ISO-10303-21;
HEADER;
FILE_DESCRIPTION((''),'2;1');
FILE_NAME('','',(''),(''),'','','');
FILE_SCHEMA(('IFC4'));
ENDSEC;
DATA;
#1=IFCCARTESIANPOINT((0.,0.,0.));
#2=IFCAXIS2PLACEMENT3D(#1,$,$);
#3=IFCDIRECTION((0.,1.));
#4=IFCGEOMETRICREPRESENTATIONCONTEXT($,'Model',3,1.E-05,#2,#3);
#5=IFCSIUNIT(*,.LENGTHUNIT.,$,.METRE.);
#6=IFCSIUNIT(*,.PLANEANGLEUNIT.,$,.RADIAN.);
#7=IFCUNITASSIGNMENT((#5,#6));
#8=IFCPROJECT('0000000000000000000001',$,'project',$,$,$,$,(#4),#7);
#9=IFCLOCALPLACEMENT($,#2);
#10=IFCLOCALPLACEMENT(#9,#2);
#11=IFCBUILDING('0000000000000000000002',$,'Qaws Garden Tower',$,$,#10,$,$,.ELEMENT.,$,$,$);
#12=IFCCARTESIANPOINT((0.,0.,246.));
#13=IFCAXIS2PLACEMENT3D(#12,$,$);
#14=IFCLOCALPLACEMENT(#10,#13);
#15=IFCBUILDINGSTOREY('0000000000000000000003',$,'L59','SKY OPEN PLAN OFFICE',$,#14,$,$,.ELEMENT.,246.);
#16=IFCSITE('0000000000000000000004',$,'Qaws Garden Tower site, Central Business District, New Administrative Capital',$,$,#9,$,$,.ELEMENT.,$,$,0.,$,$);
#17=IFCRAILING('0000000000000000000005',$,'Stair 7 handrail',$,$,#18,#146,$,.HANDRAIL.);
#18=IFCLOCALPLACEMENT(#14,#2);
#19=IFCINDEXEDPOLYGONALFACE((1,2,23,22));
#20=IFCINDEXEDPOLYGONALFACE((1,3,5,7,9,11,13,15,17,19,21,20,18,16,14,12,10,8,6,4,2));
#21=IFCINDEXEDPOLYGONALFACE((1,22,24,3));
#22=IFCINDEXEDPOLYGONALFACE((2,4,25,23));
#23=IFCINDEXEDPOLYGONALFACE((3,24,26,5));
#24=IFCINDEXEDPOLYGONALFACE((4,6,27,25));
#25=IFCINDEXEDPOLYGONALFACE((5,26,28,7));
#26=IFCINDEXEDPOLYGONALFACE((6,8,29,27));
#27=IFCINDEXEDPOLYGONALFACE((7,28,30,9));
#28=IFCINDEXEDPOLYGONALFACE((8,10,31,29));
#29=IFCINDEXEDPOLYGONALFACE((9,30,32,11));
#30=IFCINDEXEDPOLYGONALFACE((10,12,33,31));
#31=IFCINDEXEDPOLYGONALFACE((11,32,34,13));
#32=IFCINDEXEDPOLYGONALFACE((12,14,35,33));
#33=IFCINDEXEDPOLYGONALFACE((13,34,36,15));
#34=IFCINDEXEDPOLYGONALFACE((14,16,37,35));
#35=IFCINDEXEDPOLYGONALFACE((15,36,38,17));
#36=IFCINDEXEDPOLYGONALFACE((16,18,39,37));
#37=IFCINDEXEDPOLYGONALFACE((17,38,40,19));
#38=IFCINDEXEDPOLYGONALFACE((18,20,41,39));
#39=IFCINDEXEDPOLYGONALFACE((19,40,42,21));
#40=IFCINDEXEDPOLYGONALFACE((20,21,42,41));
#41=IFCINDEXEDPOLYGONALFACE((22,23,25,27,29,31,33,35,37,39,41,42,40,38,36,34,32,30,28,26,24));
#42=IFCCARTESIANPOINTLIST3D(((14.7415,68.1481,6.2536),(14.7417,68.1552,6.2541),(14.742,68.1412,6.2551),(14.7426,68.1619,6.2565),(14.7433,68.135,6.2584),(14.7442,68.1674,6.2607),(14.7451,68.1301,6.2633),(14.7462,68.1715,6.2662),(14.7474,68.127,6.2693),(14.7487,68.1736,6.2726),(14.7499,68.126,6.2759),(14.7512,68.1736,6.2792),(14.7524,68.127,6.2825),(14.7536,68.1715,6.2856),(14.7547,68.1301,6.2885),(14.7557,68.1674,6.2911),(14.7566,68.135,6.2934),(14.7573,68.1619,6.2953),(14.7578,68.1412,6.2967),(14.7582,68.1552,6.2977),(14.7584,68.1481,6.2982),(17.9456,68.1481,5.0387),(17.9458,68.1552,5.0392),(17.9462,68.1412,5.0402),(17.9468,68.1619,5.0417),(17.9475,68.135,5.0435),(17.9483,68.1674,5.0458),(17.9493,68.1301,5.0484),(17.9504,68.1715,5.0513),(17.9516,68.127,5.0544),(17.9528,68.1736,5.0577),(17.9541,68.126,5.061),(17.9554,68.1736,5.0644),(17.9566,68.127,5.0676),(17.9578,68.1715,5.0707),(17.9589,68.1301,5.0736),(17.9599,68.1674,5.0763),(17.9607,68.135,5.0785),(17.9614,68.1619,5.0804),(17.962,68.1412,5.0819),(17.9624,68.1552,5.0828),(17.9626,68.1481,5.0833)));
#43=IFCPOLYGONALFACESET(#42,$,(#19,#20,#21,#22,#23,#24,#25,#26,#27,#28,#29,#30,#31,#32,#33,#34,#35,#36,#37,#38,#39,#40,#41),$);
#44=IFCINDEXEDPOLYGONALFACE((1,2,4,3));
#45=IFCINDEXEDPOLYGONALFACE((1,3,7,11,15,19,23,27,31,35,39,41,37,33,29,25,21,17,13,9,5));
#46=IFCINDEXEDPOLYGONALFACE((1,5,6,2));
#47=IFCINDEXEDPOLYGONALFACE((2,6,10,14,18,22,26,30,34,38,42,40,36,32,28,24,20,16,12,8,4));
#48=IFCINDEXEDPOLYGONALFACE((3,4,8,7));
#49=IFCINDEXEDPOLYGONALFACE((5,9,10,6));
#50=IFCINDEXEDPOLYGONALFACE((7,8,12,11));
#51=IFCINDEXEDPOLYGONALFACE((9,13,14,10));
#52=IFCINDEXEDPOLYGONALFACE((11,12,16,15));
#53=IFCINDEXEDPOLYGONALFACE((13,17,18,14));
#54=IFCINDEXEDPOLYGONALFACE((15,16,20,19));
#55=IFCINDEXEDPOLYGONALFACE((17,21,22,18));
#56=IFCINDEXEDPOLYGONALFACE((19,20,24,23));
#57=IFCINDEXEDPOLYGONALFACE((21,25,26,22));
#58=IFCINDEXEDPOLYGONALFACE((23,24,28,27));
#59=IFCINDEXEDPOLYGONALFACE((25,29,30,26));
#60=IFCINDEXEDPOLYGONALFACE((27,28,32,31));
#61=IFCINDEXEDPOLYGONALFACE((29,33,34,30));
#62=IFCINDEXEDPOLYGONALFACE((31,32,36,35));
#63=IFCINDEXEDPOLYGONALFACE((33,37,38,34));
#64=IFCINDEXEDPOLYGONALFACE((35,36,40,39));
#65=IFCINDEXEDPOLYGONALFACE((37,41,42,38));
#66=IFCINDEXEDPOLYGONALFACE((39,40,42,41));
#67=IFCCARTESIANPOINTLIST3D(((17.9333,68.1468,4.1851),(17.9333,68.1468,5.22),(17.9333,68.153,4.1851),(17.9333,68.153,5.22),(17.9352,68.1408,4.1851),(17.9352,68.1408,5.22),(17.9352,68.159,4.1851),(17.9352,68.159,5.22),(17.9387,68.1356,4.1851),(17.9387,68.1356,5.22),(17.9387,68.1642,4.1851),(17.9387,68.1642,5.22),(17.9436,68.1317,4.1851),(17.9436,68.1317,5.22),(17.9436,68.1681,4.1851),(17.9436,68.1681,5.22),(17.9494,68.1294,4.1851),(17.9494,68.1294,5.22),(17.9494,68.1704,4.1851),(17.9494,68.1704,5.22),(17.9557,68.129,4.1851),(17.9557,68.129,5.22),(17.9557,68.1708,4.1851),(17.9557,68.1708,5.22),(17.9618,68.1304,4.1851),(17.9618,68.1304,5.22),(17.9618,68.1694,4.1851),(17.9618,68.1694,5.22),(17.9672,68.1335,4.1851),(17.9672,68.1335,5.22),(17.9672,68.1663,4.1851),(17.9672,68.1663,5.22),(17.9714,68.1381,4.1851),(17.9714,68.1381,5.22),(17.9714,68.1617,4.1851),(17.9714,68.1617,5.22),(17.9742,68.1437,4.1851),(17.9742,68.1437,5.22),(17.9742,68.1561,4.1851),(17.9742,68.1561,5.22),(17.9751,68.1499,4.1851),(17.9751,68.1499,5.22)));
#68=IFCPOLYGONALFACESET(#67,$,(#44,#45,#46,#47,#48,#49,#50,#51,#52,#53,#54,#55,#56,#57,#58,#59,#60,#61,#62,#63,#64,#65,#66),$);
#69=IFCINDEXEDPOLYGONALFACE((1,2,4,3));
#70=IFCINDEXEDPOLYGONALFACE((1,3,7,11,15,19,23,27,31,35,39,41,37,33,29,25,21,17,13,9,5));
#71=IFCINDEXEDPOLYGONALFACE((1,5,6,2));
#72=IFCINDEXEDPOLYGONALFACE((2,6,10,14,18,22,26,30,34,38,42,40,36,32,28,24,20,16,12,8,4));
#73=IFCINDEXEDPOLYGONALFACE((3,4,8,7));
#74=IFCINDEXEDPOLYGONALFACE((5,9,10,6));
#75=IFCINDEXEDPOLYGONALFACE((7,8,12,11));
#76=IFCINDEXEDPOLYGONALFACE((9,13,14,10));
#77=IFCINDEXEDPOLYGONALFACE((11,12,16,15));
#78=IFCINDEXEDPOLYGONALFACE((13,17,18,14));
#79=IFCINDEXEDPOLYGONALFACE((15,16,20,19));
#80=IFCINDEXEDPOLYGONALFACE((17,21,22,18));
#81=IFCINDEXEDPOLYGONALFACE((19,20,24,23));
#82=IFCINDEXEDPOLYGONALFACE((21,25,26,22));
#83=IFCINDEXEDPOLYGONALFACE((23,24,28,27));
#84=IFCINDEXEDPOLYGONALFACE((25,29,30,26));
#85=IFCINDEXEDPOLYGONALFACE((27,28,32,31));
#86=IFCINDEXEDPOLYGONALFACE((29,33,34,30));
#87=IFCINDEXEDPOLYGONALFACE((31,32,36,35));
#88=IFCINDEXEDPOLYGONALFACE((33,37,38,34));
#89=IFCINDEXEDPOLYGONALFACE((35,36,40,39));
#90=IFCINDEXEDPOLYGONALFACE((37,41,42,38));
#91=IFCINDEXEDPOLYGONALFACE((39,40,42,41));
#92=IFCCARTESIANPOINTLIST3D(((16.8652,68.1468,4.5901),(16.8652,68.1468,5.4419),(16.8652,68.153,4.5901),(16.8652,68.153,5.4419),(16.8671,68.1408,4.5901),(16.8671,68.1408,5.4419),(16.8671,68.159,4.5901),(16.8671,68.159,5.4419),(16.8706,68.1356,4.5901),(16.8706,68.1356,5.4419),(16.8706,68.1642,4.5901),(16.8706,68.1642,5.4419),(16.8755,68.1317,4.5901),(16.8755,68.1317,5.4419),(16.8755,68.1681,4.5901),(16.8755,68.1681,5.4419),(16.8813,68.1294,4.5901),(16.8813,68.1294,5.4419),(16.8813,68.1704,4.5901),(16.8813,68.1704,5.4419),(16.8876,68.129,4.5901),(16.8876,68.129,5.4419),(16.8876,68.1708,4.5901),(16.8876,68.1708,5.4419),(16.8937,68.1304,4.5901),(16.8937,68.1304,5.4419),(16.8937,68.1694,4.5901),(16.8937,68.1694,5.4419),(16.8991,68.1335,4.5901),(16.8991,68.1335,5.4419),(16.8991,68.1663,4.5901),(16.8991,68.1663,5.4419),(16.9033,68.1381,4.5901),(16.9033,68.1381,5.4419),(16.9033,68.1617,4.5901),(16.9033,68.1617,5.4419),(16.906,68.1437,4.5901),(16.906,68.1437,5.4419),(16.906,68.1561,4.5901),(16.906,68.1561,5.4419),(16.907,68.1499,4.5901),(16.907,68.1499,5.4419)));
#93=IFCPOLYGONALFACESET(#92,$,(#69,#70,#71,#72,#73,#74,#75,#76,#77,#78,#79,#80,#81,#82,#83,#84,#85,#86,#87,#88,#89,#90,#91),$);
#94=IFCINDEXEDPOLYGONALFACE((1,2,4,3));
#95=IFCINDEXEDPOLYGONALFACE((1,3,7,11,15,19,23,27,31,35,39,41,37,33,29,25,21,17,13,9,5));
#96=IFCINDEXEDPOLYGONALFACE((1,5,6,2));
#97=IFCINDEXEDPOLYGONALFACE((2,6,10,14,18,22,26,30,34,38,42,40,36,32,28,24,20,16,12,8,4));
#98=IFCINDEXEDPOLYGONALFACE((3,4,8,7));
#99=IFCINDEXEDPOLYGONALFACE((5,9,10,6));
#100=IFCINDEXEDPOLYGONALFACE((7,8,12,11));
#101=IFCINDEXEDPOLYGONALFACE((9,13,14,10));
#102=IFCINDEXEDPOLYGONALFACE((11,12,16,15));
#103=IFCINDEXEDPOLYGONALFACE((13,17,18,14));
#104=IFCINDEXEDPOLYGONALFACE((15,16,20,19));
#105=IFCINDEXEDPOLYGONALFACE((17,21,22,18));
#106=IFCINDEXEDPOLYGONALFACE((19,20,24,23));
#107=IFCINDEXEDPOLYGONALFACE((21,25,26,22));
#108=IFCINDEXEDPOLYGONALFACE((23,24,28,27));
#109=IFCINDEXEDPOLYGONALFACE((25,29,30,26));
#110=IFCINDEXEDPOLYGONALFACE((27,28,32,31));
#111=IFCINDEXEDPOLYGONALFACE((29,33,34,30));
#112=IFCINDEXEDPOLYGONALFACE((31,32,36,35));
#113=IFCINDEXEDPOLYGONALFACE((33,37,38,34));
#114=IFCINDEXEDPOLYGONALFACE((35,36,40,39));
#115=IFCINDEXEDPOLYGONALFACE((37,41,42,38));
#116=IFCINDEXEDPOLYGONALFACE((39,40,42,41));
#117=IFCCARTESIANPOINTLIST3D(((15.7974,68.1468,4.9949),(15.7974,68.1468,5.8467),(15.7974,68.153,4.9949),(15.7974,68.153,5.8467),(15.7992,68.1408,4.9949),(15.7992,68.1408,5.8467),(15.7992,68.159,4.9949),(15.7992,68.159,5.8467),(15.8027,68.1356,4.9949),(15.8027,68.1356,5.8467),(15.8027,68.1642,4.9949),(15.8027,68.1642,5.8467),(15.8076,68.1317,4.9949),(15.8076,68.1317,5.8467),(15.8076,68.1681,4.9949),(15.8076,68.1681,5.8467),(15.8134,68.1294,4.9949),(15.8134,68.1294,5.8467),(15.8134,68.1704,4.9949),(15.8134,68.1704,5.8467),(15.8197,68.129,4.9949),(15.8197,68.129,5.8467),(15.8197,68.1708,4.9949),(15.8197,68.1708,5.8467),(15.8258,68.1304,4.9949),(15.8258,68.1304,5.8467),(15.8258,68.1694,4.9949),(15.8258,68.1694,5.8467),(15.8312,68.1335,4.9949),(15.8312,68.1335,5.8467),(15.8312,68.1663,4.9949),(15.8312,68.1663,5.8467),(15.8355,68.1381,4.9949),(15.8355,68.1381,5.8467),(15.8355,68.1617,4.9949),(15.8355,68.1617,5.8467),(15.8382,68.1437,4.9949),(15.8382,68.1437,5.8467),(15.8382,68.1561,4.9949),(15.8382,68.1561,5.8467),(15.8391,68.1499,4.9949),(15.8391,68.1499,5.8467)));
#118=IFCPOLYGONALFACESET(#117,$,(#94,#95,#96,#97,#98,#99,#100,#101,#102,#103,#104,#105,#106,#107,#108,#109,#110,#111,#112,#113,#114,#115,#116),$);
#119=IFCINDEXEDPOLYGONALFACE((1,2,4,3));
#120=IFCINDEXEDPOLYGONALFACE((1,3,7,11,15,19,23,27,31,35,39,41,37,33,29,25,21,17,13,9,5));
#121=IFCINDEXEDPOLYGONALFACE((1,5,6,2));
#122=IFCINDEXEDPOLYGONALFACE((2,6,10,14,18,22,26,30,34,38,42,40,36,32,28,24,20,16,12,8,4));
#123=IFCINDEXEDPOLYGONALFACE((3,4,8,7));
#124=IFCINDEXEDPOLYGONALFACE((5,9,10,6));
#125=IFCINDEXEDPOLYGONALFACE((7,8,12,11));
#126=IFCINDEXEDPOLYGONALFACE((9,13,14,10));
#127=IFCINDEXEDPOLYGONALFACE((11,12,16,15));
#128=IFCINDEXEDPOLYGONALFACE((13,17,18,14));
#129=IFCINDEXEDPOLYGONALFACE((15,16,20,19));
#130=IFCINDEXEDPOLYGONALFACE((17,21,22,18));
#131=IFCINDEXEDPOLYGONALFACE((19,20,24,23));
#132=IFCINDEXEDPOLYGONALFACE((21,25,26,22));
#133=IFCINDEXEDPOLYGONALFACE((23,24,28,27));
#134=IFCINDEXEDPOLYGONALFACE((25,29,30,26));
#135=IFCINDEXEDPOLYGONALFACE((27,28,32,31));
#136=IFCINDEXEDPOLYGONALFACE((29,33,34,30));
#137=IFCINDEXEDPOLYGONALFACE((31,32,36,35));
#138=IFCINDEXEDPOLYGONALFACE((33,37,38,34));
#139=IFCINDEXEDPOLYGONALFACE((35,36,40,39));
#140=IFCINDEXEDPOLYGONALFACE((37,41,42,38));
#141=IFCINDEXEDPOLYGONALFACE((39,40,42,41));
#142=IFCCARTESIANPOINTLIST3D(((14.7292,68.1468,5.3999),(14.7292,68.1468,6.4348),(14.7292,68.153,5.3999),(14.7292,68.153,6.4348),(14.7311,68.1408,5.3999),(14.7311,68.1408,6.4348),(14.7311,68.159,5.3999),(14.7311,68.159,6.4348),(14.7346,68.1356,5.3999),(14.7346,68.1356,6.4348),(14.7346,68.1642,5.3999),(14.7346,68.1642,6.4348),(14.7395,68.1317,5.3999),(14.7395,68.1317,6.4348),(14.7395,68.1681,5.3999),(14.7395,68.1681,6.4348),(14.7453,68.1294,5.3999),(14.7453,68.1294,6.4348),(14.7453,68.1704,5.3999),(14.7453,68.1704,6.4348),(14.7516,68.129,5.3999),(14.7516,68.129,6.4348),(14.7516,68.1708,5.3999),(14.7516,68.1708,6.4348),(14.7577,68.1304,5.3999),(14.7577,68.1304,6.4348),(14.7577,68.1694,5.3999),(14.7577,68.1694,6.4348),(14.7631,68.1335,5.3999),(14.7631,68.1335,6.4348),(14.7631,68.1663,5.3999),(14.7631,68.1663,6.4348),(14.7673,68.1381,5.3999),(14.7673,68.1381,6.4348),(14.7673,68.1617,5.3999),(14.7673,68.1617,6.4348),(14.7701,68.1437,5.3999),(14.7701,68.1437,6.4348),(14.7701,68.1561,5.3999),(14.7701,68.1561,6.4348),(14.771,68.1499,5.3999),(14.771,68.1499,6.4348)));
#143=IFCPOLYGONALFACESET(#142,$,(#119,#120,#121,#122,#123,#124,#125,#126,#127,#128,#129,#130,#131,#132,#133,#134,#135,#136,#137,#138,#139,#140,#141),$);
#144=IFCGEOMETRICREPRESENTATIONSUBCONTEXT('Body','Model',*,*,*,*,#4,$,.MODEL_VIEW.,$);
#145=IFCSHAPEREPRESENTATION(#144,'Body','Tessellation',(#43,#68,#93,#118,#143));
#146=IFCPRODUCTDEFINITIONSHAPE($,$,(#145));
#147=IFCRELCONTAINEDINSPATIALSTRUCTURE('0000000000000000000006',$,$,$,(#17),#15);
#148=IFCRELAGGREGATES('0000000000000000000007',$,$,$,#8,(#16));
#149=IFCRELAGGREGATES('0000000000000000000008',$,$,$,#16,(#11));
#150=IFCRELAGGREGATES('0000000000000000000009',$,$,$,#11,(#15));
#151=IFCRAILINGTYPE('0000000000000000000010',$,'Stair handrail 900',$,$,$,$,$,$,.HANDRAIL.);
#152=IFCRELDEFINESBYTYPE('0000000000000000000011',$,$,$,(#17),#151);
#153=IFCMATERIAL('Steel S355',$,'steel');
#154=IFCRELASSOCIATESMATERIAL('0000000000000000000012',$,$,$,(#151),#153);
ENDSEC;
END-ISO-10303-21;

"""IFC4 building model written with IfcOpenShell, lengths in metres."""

from ifc_helpers import new_model, si_unit, direction, frame, origin, origin_2d, place, context, subcontext, project, spatial, circle, extrude, material, type_object, element, save


model = new_model("IFC4")

# Units and contexts
model_context = context("Model", 3, precision=1e-05, world=origin(), true_north=direction((0.0, 1.0)))
body_context = subcontext(model_context, "Body", "Model", "MODEL_VIEW")
ifc_project = project(units=[si_unit("LENGTHUNIT", "METRE"), si_unit("PLANEANGLEUNIT", "RADIAN")], contexts=[model_context])

# Site, building, storey
site_placement = place(None, origin())
site = spatial("IfcSite", under=ifc_project, at=site_placement, Name="Qaws Garden Tower site, Central Business District, New Administrative Capital", CompositionType="ELEMENT", RefElevation=0.0)
building_placement = place(site_placement, origin())
building = spatial("IfcBuilding", under=site, at=building_placement, Name="Qaws Garden Tower", CompositionType="ELEMENT")
storey_placement = place(building_placement, frame((0.0, 0.0, 246.0)))
storey = spatial("IfcBuildingStorey", under=building, at=storey_placement, Name="L59", Description="SKY OPEN PLAN OFFICE", CompositionType="ELEMENT", Elevation=246.0)

# Railing
ifc_material_1 = material(Name="Steel S355", Category="steel")
railing_type = type_object("IfcRailingType", Name="Stair handrail 900", PredefinedType="HANDRAIL", material=ifc_material_1)
railing_1_placement = place(storey_placement, frame((17.9541, 68.1499, 4.1851)))
element("IfcRailing", 1, at=railing_1_placement, inside=storey, type_object=railing_type, Name="Stair 7 handrail", PredefinedType="HANDRAIL", context=body_context, shape_type="SweptSolid", body=[
    extrude(circle(Radius=0.0239, at=origin_2d()), frame((0.0, 0.0, 0.876), z_axis=(-0.935046, 0.0, 0.354525), x_axis=(0.0, -1.0, 0.0)), (0.0, 0.0, 1.0), 3.4268),
    extrude(circle(Radius=0.021, at=origin_2d()), origin(), (0.0, 0.0, 1.0), 1.0349),
    extrude(circle(Radius=0.021, at=origin_2d()), frame((-1.0681, 0.0, 0.405)), (0.0, 0.0, 1.0), 0.8518),
    extrude(circle(Radius=0.021, at=origin_2d()), frame((-2.136, 0.0, 0.8098)), (0.0, 0.0, 1.0), 0.8518),
    extrude(circle(Radius=0.021, at=origin_2d()), frame((-3.2041, 0.0, 1.2148)), (0.0, 0.0, 1.0), 1.0349),
])

save(model, "model.ifc")
